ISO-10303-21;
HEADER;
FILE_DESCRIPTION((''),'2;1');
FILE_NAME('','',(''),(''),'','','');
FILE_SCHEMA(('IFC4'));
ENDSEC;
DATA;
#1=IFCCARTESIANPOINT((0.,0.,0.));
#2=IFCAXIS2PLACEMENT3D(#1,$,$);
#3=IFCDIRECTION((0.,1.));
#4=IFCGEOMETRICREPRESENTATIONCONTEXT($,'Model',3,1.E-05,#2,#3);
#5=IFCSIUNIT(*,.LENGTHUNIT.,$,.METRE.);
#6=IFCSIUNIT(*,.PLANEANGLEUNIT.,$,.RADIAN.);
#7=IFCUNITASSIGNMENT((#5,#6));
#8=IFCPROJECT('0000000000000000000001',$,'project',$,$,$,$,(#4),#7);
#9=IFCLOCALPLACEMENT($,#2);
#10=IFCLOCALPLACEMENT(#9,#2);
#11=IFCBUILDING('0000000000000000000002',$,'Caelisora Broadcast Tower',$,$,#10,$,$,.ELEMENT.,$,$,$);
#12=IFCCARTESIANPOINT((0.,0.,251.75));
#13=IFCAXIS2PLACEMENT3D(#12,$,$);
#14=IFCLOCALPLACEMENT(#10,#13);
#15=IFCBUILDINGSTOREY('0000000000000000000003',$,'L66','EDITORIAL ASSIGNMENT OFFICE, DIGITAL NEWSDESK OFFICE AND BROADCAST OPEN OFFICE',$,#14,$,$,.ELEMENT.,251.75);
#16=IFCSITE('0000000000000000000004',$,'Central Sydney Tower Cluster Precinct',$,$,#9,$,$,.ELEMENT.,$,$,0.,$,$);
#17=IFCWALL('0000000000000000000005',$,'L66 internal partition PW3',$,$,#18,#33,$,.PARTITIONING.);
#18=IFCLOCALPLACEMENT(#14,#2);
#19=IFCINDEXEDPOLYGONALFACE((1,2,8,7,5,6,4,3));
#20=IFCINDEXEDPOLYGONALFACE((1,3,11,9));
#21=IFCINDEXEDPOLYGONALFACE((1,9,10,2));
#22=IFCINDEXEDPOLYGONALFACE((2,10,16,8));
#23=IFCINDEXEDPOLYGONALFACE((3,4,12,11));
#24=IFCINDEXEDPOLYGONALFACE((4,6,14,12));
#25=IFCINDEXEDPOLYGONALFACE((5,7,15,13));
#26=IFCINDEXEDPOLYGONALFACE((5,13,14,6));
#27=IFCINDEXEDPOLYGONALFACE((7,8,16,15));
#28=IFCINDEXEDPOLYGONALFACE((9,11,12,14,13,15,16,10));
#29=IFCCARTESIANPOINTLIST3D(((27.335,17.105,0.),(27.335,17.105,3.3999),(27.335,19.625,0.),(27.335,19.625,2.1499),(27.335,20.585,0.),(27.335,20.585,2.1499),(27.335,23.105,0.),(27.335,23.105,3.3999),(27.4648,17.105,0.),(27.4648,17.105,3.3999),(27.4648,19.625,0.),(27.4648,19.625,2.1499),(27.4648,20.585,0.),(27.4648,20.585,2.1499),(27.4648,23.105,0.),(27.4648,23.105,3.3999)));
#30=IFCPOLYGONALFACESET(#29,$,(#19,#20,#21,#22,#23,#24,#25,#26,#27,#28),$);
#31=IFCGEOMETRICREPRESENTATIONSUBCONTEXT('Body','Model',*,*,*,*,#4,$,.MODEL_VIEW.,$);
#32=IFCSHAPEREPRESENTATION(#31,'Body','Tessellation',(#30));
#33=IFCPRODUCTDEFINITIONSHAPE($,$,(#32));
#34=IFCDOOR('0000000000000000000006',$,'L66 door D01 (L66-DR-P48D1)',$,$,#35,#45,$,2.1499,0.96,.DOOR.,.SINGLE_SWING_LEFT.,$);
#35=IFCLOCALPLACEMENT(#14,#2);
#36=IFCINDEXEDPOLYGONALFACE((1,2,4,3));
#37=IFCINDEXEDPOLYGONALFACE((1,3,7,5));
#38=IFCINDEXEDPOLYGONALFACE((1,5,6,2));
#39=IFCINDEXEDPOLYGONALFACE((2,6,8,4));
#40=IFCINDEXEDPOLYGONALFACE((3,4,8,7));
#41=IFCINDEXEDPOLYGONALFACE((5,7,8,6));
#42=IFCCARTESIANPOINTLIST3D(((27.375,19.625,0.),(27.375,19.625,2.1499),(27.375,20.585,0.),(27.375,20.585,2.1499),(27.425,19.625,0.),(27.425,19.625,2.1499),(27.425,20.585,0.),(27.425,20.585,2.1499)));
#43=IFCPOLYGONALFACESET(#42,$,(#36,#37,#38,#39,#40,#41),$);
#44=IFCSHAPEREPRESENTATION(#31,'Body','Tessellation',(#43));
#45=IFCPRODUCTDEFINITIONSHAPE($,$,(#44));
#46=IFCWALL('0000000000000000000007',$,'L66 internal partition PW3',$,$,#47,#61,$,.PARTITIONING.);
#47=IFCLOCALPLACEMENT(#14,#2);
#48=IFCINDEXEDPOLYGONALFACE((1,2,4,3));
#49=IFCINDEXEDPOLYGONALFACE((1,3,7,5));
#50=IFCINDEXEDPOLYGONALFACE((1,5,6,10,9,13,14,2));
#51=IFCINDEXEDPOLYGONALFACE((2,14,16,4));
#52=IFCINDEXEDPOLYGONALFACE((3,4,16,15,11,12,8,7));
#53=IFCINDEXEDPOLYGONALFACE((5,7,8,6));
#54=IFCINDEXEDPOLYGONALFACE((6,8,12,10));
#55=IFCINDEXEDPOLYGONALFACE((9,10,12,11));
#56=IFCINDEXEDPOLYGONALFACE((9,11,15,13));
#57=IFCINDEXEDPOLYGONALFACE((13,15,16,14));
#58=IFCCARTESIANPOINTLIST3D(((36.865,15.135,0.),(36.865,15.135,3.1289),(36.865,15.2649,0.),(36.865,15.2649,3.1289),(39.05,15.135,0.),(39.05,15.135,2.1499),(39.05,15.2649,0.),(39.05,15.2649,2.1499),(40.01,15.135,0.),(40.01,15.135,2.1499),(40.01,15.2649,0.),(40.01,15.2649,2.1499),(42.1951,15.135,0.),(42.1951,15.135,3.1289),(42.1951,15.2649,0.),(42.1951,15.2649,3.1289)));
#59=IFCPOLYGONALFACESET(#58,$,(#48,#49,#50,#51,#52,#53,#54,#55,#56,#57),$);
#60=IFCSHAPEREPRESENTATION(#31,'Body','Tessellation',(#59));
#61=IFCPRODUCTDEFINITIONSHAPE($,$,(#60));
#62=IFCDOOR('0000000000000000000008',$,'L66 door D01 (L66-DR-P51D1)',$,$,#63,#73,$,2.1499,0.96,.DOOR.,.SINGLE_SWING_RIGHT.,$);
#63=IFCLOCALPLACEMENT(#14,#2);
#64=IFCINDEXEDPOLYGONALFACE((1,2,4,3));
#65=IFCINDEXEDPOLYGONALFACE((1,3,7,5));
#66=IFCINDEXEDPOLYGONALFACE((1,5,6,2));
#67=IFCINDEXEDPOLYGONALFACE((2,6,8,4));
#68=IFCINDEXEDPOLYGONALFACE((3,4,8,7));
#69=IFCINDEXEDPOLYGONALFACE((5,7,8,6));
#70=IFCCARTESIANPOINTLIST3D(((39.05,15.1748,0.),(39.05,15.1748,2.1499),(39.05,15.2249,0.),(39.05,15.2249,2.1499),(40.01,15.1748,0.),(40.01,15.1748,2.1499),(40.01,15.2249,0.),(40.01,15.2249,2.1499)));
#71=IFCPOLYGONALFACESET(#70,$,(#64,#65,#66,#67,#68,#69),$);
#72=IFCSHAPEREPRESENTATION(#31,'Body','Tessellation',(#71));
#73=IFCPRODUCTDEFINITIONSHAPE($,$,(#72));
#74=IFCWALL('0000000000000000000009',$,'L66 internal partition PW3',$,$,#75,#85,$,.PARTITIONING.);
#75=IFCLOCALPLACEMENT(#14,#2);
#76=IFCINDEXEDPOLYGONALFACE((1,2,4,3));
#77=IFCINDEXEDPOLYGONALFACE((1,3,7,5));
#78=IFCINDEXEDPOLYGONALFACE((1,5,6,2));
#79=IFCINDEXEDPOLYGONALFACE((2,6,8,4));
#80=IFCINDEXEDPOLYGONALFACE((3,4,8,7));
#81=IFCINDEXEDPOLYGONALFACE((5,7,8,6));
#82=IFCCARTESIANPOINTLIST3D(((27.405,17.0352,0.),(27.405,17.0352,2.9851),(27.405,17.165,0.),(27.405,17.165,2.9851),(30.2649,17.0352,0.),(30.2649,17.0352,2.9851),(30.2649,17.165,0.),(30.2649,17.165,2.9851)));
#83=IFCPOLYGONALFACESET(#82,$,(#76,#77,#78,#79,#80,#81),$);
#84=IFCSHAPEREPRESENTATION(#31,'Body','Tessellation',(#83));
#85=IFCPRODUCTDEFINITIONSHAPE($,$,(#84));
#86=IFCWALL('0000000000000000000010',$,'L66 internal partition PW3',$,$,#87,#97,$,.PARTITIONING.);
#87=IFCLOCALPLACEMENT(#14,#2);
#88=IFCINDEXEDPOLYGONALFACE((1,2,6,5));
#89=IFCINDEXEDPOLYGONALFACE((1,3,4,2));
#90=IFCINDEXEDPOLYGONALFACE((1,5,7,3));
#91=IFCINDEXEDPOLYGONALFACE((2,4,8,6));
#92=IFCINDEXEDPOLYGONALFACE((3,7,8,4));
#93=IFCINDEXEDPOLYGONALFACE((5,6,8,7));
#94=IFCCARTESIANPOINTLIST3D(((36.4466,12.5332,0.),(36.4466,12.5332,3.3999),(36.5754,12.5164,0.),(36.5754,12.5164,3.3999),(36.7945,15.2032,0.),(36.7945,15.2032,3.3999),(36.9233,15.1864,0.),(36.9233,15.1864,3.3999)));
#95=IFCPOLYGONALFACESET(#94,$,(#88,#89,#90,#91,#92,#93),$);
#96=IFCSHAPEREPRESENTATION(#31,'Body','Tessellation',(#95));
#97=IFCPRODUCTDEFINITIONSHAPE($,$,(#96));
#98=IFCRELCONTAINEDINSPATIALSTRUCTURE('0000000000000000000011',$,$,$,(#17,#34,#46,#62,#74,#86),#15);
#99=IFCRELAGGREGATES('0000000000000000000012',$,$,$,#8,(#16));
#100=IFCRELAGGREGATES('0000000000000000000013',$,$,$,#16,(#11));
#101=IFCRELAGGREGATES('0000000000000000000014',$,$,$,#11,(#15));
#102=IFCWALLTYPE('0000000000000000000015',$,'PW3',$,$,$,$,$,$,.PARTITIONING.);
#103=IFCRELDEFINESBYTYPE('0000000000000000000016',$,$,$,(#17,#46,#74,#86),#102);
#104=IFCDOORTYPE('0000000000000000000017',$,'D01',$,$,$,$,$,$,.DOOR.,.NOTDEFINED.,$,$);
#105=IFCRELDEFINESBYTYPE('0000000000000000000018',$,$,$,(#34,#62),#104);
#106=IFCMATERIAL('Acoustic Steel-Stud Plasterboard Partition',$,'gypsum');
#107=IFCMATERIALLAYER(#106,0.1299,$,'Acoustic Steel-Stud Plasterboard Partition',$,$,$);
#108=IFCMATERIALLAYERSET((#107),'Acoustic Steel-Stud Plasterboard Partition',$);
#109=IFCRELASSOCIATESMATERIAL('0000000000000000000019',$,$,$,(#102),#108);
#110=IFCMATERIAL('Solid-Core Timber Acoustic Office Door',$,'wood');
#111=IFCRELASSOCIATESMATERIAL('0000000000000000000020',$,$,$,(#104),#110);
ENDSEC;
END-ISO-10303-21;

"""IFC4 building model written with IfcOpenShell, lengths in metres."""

from ifc_helpers import new_model, si_unit, direction, frame, frame_2d, origin, place, context, subcontext, project, spatial, rectangle, extrude, material, layer, layer_set, type_object, element, fill, save


model = new_model("IFC4")

# Units and contexts
model_context = context("Model", 3, precision=1e-05, world=origin(), true_north=direction((0.0, 1.0)))
body_context = subcontext(model_context, "Body", "Model", "MODEL_VIEW")
ifc_project = project(units=[si_unit("LENGTHUNIT", "METRE"), si_unit("PLANEANGLEUNIT", "RADIAN")], contexts=[model_context])

# Site, building, storey
site_placement = place(None, origin())
site = spatial("IfcSite", under=ifc_project, at=site_placement, Name="Central Sydney Tower Cluster Precinct", CompositionType="ELEMENT", RefElevation=0.0)
building_placement = place(site_placement, origin())
building = spatial("IfcBuilding", under=site, at=building_placement, Name="Caelisora Broadcast Tower", CompositionType="ELEMENT")
storey_placement = place(building_placement, frame((0.0, 0.0, 251.75)))
storey = spatial("IfcBuildingStorey", under=building, at=storey_placement, Name="L66", Description="EDITORIAL ASSIGNMENT OFFICE, DIGITAL NEWSDESK OFFICE AND BROADCAST OPEN OFFICE", CompositionType="ELEMENT", Elevation=251.75)

# Walls, openings, doors
ifc_material_1 = material(Name="Acoustic Steel-Stud Plasterboard Partition", Category="gypsum")
ifc_layer_1 = layer(ifc_material_1, 0.1299, Name="Acoustic Steel-Stud Plasterboard Partition")
ifc_layer_set_1 = layer_set([ifc_layer_1], Name="Acoustic Steel-Stud Plasterboard Partition")
wall_type_1 = type_object("IfcWallType", Name="PW3", PredefinedType="PARTITIONING", material=ifc_layer_set_1)
ifc_material_2 = material(Name="Solid-Core Timber Acoustic Office Door", Category="wood")
door_type_1 = type_object("IfcDoorType", Name="D01", OperationType="NOTDEFINED", PredefinedType="DOOR", material=ifc_material_2)
wall_1_placement = place(storey_placement, frame((27.3999, 17.105, 0.0), z_axis=(0.0, 0.0, 1.0), x_axis=(0.0, 1.0, 0.0)))
wall_1 = element("IfcWall", 1, at=wall_1_placement, inside=storey, type_object=wall_type_1, Name="L66 internal partition PW3", PredefinedType="PARTITIONING", context=body_context, shape_type="SweptSolid", body=[
    extrude(rectangle(XDim=6.0, YDim=0.1299, at=frame_2d((3.0, 0.0))), origin(), (0.0, 0.0, 1.0), 3.3999),
])
opening_1_placement = place(wall_1_placement, frame((2.52, 0.0, 0.0)))
opening_1 = element("IfcOpeningElement", 2, at=opening_1_placement, cuts=wall_1, PredefinedType="OPENING", context=body_context, shape_type="SweptSolid", body=[
    extrude(rectangle(XDim=0.96, YDim=2.1499, at=frame_2d((0.48, 1.075))), frame((0.0, 0.0769, 0.0), z_axis=(0.0, -1.0, 0.0), x_axis=(1.0, 0.0, 0.0)), (0.0, 0.0, 1.0), 0.1538),
])
door_1_placement = place(opening_1_placement, origin())
door_1 = element("IfcDoor", 3, at=door_1_placement, inside=storey, type_object=door_type_1, Name="L66 door D01 (L66-DR-P48D1)", OperationType="SINGLE_SWING_LEFT", OverallHeight=2.1499, OverallWidth=0.96, PredefinedType="DOOR", context=body_context, shape_type="SweptSolid", body=[
    extrude(rectangle(XDim=0.96, YDim=2.1499, at=frame_2d((0.48, 1.075))), frame((0.0, 0.0249, 0.0), z_axis=(0.0, -1.0, 0.0), x_axis=(1.0, 0.0, 0.0)), (0.0, 0.0, 1.0), 0.05),
])
fill(opening_1, door_1)
wall_2_placement = place(storey_placement, frame((36.865, 15.2, 0.0), z_axis=(0.0, 0.0, 1.0), x_axis=(1.0, 0.0, 0.0)))
wall_2 = element("IfcWall", 4, at=wall_2_placement, inside=storey, type_object=wall_type_1, Name="L66 internal partition PW3", PredefinedType="PARTITIONING", context=body_context, shape_type="SweptSolid", body=[
    extrude(rectangle(XDim=5.3301, YDim=0.1299, at=frame_2d((2.665, 0.0))), origin(), (0.0, 0.0, 1.0), 3.1289),
])
opening_2_placement = place(wall_2_placement, frame((2.1851, 0.0, 0.0)))
opening_2 = element("IfcOpeningElement", 5, at=opening_2_placement, cuts=wall_2, PredefinedType="OPENING", context=body_context, shape_type="SweptSolid", body=[
    extrude(rectangle(XDim=0.96, YDim=2.1499, at=frame_2d((0.48, 1.075))), frame((0.0, 0.0769, 0.0), z_axis=(0.0, -1.0, 0.0), x_axis=(1.0, 0.0, 0.0)), (0.0, 0.0, 1.0), 0.1538),
])
door_2_placement = place(opening_2_placement, origin())
door_2 = element("IfcDoor", 6, at=door_2_placement, inside=storey, type_object=door_type_1, Name="L66 door D01 (L66-DR-P51D1)", OperationType="SINGLE_SWING_RIGHT", OverallHeight=2.1499, OverallWidth=0.96, PredefinedType="DOOR", context=body_context, shape_type="SweptSolid", body=[
    extrude(rectangle(XDim=0.96, YDim=2.1499, at=frame_2d((0.48, 1.075))), frame((0.0, 0.0249, 0.0), z_axis=(0.0, -1.0, 0.0), x_axis=(1.0, 0.0, 0.0)), (0.0, 0.0, 1.0), 0.05),
])
fill(opening_2, door_2)

# Walls
wall_3_placement = place(storey_placement, frame((30.2649, 17.1001, 0.0), z_axis=(0.0, 0.0, 1.0), x_axis=(-1.0, 0.0, 0.0)))
element("IfcWall", 7, at=wall_3_placement, inside=storey, type_object=wall_type_1, Name="L66 internal partition PW3", PredefinedType="PARTITIONING", context=body_context, shape_type="SweptSolid", body=[
    extrude(rectangle(XDim=2.8599, YDim=0.1299, at=frame_2d((1.4299, 0.0))), origin(), (0.0, 0.0, 1.0), 2.9851),
])
wall_4_placement = place(storey_placement, frame((36.511, 12.5249, 0.0), z_axis=(0.0, 0.0, 1.0), x_axis=(0.1292, 0.991619, 0.0)))
element("IfcWall", 8, at=wall_4_placement, inside=storey, type_object=wall_type_1, Name="L66 internal partition PW3", PredefinedType="PARTITIONING", context=body_context, shape_type="SweptSolid", body=[
    extrude(rectangle(XDim=2.6926, YDim=0.1299, at=frame_2d((1.3462, 0.0))), origin(), (0.0, 0.0, 1.0), 3.3999),
])

save(model, "model.ifc")
